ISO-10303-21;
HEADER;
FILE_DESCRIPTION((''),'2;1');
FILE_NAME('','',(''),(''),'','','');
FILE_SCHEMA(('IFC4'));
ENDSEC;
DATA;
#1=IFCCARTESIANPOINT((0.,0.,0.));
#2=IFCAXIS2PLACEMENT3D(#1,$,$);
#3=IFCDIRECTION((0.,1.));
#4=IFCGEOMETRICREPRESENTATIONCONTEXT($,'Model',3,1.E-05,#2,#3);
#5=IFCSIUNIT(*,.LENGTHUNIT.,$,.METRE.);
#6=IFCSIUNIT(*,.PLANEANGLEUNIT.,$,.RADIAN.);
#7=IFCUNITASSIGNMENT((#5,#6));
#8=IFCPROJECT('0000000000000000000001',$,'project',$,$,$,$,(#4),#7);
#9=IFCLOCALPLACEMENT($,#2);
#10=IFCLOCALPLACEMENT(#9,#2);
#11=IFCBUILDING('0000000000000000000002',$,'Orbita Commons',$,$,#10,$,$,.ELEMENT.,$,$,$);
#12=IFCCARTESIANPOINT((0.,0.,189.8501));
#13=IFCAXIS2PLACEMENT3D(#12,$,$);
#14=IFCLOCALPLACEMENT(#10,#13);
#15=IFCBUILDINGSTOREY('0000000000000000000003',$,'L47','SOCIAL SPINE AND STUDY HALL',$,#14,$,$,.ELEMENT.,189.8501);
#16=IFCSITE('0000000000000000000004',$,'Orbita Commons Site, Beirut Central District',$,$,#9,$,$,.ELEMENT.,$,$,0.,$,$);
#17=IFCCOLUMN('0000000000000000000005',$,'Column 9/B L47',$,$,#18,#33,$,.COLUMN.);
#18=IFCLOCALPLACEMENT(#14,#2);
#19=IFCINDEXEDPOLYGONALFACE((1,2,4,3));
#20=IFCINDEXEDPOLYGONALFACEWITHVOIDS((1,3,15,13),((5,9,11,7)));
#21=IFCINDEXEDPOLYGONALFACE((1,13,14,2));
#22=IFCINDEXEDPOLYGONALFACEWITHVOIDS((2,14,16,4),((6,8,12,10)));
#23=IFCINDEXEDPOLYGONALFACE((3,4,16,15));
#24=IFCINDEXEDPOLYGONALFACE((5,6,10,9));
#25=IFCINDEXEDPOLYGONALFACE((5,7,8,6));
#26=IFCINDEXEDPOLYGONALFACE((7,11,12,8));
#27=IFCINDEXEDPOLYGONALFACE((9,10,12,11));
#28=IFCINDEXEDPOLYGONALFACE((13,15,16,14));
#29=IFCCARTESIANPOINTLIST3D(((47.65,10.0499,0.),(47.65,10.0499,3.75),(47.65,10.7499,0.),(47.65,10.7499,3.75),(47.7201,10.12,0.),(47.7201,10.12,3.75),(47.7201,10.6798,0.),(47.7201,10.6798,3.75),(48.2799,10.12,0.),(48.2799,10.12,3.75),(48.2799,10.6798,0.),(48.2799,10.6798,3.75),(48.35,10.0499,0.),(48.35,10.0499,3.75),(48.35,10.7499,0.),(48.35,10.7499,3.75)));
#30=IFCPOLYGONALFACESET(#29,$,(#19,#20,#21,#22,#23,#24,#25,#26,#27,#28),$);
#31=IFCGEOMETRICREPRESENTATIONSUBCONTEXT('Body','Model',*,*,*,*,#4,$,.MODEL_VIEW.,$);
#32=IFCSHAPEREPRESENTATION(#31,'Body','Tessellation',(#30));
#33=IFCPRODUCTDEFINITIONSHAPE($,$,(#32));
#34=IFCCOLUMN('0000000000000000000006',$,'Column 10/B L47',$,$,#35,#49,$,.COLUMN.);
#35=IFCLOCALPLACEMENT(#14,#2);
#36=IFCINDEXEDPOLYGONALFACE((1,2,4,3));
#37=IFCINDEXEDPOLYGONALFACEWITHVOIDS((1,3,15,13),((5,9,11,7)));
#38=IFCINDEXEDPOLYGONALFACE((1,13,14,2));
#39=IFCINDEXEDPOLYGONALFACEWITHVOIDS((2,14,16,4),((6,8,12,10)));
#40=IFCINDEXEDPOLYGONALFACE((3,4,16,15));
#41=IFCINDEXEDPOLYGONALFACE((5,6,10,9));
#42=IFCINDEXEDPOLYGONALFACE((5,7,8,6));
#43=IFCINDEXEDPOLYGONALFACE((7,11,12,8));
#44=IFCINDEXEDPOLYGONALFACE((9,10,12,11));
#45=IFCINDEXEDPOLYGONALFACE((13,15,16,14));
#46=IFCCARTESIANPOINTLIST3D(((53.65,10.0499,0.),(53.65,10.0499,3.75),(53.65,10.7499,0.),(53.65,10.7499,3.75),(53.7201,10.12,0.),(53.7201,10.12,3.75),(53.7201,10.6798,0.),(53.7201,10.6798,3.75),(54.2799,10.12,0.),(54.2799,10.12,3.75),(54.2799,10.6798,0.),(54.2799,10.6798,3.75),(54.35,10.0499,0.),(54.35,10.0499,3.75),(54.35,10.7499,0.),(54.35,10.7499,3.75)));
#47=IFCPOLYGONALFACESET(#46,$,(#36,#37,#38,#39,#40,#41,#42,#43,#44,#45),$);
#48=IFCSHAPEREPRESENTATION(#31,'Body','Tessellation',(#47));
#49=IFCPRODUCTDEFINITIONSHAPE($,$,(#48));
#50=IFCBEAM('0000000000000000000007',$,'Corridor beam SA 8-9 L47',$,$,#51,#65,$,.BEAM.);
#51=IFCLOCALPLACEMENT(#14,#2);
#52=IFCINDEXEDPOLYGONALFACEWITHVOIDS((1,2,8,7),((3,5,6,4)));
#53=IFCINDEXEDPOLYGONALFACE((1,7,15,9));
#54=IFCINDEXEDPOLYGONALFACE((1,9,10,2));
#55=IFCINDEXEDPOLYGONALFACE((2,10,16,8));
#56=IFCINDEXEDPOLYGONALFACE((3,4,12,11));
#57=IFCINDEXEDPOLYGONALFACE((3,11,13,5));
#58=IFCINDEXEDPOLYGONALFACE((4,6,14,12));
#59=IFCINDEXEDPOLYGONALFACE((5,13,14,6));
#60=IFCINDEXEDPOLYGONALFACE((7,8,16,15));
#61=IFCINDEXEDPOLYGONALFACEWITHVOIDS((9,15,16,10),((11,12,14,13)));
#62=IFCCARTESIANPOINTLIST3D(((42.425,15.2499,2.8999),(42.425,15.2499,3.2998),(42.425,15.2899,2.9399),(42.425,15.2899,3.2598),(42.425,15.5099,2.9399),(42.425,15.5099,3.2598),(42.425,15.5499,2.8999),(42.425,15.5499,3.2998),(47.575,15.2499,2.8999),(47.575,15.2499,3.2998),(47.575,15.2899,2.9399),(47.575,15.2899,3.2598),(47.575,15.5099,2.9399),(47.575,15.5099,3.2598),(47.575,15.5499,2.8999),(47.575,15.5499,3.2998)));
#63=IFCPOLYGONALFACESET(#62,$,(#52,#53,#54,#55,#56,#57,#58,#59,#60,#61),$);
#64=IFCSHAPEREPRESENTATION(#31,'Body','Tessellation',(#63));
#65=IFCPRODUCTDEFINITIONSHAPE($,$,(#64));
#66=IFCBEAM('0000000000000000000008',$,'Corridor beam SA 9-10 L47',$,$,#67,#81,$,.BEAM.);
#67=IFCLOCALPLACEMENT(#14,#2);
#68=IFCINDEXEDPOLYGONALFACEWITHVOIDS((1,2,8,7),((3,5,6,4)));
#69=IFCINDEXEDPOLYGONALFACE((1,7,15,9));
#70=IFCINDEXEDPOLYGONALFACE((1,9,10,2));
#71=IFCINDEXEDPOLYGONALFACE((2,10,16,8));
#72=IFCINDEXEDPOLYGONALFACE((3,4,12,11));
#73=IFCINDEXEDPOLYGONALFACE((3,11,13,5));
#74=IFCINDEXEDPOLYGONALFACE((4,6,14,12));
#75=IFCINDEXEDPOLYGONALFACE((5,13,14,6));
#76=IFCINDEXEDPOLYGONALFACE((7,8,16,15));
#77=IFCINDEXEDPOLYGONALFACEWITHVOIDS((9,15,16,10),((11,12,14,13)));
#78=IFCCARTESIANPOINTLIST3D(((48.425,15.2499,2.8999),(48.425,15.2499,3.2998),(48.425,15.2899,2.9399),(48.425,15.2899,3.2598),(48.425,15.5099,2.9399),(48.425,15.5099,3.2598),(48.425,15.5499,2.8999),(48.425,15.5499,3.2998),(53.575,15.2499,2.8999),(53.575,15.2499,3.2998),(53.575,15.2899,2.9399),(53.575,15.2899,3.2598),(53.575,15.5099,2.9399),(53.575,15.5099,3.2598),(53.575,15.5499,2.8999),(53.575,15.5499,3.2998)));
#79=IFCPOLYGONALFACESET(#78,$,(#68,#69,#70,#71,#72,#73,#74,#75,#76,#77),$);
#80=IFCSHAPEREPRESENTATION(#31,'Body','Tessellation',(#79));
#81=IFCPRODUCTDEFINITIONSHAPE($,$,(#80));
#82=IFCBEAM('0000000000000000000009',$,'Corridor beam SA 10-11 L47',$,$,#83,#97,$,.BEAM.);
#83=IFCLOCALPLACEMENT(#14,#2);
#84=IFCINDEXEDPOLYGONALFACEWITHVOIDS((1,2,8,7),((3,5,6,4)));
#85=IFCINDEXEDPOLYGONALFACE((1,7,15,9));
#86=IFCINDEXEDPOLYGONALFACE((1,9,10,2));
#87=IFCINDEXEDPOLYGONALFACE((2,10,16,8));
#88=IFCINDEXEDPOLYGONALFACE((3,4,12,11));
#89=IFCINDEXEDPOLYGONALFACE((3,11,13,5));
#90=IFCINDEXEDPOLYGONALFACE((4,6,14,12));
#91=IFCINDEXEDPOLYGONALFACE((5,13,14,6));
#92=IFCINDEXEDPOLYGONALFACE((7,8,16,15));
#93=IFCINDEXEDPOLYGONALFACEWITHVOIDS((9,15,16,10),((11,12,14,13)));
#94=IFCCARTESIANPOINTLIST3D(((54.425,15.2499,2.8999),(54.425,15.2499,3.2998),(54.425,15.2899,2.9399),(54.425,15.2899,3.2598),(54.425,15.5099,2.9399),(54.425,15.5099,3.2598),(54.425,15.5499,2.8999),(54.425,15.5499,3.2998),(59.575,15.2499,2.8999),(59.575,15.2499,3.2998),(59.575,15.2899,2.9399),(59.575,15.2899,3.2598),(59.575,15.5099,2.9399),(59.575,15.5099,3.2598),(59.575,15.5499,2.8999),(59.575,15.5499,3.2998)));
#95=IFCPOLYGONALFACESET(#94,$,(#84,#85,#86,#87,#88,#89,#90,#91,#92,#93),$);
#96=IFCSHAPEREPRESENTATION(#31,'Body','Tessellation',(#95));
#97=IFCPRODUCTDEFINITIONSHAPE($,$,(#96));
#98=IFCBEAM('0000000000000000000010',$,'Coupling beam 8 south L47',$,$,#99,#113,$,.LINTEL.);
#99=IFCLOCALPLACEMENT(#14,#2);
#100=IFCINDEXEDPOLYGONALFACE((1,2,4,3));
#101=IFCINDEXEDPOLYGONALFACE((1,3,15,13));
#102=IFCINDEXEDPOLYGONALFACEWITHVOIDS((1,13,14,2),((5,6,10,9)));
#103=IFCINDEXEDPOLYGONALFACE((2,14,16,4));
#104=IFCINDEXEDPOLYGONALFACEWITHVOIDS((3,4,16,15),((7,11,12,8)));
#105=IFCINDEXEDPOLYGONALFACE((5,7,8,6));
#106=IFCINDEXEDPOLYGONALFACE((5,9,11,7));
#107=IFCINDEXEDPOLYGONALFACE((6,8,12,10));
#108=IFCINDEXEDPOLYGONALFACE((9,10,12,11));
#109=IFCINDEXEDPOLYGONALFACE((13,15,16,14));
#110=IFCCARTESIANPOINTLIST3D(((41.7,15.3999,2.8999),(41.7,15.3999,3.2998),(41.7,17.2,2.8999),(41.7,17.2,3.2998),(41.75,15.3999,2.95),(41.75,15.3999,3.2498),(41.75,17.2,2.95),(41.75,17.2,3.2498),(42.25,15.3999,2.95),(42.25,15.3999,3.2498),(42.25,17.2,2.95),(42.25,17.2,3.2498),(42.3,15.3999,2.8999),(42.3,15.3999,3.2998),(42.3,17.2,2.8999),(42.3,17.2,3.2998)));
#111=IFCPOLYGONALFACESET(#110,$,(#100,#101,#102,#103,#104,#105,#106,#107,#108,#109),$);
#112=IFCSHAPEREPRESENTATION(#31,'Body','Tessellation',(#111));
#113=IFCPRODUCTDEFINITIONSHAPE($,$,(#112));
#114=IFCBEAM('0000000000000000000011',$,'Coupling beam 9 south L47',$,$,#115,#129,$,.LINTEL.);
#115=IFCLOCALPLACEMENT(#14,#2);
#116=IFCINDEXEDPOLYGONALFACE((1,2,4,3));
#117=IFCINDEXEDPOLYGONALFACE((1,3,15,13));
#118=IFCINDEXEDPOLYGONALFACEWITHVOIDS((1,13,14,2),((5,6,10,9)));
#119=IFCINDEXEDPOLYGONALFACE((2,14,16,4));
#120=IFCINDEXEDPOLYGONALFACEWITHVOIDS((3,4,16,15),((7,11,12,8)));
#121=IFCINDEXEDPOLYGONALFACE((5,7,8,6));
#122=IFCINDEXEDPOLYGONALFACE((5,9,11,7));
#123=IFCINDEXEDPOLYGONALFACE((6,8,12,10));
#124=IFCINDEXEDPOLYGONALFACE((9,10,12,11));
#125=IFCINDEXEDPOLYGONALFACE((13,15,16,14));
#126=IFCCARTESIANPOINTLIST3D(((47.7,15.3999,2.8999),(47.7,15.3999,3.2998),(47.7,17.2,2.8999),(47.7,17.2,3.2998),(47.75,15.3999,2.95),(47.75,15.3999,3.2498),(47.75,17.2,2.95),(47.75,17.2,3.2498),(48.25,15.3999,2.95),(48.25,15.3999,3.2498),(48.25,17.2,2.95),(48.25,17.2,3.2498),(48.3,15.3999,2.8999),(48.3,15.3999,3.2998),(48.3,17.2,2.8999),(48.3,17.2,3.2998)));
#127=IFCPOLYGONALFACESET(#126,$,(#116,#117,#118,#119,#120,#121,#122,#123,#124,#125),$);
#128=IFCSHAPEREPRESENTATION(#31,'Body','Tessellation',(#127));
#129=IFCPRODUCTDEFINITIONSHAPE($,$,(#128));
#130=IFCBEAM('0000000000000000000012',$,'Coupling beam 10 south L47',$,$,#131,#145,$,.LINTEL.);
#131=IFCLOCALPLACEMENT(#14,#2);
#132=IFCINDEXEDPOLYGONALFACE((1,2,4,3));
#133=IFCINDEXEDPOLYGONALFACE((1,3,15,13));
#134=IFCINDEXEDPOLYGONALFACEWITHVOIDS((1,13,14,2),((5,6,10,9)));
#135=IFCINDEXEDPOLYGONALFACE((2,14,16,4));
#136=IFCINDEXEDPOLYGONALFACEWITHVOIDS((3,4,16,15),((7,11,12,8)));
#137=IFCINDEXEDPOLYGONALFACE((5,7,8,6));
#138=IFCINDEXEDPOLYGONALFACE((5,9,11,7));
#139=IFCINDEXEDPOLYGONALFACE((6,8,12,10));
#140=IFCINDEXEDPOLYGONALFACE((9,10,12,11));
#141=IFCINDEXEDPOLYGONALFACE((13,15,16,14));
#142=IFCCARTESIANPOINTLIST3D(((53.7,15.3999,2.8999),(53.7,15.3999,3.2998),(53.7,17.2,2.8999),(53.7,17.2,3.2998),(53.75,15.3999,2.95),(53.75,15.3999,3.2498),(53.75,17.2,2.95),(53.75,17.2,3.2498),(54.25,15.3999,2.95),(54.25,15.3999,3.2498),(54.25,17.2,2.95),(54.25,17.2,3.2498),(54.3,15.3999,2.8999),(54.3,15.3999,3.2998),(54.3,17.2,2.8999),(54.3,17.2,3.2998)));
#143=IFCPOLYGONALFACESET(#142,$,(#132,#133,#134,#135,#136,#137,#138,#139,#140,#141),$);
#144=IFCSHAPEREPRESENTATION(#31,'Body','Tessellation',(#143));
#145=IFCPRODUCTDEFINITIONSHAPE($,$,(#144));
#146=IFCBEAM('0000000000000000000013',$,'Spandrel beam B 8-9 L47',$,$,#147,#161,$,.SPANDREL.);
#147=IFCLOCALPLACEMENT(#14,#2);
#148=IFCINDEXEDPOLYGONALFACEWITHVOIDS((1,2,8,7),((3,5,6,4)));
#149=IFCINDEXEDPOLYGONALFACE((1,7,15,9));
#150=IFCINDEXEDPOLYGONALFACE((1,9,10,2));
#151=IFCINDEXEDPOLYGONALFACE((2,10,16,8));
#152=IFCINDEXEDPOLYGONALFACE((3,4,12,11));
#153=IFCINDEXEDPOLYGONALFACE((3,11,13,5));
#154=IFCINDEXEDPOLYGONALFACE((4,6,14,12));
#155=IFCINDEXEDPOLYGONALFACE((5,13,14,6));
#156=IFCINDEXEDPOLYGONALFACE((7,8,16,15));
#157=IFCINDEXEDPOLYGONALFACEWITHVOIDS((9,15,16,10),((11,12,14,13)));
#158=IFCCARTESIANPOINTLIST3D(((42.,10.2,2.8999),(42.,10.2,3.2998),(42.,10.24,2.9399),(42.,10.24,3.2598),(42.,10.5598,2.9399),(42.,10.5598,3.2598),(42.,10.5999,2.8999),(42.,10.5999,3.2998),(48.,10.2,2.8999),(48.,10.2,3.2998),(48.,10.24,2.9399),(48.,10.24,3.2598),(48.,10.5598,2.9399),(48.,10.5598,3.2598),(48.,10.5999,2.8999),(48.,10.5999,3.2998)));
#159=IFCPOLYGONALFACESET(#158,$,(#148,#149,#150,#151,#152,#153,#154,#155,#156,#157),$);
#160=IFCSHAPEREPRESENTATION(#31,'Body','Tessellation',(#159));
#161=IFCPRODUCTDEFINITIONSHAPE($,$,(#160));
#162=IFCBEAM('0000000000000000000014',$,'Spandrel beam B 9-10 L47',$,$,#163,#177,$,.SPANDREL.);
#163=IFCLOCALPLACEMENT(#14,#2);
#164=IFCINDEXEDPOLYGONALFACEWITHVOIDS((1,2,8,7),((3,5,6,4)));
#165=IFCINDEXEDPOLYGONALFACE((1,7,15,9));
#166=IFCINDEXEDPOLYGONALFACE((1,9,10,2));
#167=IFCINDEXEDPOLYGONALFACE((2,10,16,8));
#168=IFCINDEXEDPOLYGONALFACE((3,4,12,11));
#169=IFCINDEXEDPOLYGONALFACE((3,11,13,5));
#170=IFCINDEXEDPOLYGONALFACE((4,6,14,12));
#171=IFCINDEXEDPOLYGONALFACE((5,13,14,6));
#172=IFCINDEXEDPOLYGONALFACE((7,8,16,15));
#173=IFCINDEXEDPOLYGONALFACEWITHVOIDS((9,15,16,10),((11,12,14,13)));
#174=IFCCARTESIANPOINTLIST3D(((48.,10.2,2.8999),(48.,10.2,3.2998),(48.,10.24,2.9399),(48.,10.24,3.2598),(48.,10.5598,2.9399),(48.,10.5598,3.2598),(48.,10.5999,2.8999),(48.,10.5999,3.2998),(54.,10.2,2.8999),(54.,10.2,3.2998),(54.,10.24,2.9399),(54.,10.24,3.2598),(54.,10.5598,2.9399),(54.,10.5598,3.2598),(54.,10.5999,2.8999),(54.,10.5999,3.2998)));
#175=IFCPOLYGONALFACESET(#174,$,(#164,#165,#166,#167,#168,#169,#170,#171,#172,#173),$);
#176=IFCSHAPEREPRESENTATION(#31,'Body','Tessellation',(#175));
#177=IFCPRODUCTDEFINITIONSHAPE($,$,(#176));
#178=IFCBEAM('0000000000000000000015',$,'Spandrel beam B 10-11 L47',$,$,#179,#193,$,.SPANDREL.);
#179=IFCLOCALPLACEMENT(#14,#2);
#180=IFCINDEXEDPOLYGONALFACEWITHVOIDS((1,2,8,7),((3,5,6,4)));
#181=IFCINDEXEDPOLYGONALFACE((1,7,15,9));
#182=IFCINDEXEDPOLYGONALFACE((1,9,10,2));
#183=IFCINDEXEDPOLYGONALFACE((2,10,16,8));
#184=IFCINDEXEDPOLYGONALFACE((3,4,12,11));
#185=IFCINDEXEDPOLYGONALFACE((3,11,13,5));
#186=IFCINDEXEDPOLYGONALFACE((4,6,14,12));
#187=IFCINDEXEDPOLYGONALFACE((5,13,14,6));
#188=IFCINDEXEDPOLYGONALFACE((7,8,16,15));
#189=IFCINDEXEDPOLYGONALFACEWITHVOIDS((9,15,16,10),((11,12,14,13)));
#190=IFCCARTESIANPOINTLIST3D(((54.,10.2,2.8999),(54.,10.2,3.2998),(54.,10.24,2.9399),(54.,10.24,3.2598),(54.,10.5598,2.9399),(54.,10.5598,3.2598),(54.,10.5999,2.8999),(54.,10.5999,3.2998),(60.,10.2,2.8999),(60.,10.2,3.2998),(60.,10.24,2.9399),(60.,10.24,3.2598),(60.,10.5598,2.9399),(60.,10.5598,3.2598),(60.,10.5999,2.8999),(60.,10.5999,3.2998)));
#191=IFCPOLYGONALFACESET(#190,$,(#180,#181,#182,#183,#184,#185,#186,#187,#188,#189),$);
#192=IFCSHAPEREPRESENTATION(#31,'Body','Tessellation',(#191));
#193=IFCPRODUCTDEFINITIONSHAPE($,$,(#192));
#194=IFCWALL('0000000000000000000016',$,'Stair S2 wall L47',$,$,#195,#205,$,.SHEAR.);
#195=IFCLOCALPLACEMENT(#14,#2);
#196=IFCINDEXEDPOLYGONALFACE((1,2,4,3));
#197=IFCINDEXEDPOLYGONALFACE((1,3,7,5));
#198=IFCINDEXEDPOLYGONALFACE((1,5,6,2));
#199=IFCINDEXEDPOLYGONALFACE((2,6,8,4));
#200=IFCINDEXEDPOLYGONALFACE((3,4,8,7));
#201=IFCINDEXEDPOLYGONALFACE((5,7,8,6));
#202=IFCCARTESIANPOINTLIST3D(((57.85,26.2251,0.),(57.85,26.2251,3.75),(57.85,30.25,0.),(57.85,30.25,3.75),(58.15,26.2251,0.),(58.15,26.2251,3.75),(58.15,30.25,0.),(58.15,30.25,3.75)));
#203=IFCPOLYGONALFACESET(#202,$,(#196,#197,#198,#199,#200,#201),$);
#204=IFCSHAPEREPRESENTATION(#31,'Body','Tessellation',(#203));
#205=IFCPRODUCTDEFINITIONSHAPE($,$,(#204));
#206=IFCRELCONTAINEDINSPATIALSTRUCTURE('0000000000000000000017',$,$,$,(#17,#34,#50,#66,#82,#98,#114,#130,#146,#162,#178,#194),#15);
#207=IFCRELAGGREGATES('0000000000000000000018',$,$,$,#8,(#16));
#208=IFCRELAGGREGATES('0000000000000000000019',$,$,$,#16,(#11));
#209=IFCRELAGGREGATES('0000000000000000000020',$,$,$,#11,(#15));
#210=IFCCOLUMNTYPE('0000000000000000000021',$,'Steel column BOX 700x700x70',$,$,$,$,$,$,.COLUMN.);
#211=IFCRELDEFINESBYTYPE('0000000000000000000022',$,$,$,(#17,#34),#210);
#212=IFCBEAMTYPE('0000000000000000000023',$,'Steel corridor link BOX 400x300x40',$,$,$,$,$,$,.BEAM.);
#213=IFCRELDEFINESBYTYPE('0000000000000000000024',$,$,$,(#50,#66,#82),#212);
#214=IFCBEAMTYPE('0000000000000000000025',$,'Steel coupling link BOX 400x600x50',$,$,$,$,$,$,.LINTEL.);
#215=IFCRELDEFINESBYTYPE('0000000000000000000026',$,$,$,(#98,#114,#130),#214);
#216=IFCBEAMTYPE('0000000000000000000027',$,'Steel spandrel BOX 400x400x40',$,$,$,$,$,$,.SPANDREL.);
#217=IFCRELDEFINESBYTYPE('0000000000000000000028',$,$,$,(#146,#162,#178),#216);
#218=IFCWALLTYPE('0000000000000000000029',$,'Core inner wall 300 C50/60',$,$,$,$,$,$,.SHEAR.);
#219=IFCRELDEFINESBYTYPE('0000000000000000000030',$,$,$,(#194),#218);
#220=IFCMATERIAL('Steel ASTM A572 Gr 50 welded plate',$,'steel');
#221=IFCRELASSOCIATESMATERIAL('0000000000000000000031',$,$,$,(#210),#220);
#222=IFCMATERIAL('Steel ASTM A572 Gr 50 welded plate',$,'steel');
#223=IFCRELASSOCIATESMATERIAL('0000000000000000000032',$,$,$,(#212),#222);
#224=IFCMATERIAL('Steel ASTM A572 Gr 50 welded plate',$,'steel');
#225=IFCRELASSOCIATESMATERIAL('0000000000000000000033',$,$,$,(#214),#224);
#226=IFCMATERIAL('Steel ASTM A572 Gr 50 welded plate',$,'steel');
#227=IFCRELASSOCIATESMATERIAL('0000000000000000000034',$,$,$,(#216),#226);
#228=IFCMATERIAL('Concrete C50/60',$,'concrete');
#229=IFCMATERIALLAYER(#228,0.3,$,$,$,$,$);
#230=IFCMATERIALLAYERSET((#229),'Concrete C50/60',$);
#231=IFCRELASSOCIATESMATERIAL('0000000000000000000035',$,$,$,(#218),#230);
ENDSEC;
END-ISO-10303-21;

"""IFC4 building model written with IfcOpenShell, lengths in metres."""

from ifc_helpers import new_model, si_unit, direction, frame, frame_2d, origin, origin_2d, place, context, subcontext, project, spatial, rectangle, hollow_rectangle, extrude, material, layer, layer_set, material_profile, profile_set, type_object, element, save


model = new_model("IFC4")

# Units and contexts
model_context = context("Model", 3, precision=1e-05, world=origin(), true_north=direction((0.0, 1.0)))
body_context = subcontext(model_context, "Body", "Model", "MODEL_VIEW")
ifc_project = project(units=[si_unit("LENGTHUNIT", "METRE"), si_unit("PLANEANGLEUNIT", "RADIAN")], contexts=[model_context])

# Site, building, storey
site_placement = place(None, origin())
site = spatial("IfcSite", under=ifc_project, at=site_placement, Name="Orbita Commons Site, Beirut Central District", CompositionType="ELEMENT", RefElevation=0.0)
building_placement = place(site_placement, origin())
building = spatial("IfcBuilding", under=site, at=building_placement, Name="Orbita Commons", CompositionType="ELEMENT")
storey_placement = place(building_placement, frame((0.0, 0.0, 189.8501)))
storey = spatial("IfcBuildingStorey", under=building, at=storey_placement, Name="L47", Description="SOCIAL SPINE AND STUDY HALL", CompositionType="ELEMENT", Elevation=189.8501)

# Columns
ifc_material_1 = material(Name="Steel ASTM A572 Gr 50 welded plate", Category="steel")
ifc_material_profile_1 = material_profile(ifc_material_1, hollow_rectangle(XDim=0.7, YDim=0.7, WallThickness=0.0701, at=origin_2d()), Name="BOX 700x700x70")
ifc_profile_set_1 = profile_set([ifc_material_profile_1], Name="Steel ASTM A572 Gr 50 welded plate")
column_type = type_object("IfcColumnType", Name="Steel column BOX 700x700x70", PredefinedType="COLUMN", material=ifc_profile_set_1)
for number, where, z_axis, x_axis, name in (
    (1, (48.0, 10.3999, 0.0), (0.0, 0.0, 1.0), (1.0, 0.0, 0.0), "Column 9/B L47"),
    (2, (54.0, 10.3999, 0.0), (0.0, 0.0, 1.0), (1.0, 0.0, 0.0), "Column 10/B L47"),
):
    element("IfcColumn", number, at=place(storey_placement, frame(where, z_axis=z_axis, x_axis=x_axis)), inside=storey, type_object=column_type, Name=name, PredefinedType="COLUMN", context=body_context, shape_type="SweptSolid", body=[
        extrude(hollow_rectangle(XDim=0.7, YDim=0.7, WallThickness=0.0701, at=origin_2d()), origin(), (0.0, 0.0, 1.0), 3.75),
    ])

# Beams
ifc_material_2 = material(Name="Steel ASTM A572 Gr 50 welded plate", Category="steel")
ifc_material_profile_2 = material_profile(ifc_material_2, hollow_rectangle(XDim=0.3, YDim=0.3999, WallThickness=0.04, at=origin_2d()), Name="BOX 400x300x40")
ifc_profile_set_2 = profile_set([ifc_material_profile_2], Name="Steel ASTM A572 Gr 50 welded plate")
beam_type_1 = type_object("IfcBeamType", Name="Steel corridor link BOX 400x300x40", PredefinedType="BEAM", material=ifc_profile_set_2)
for number, where, z_axis, x_axis, name in (
    (3, (42.425, 15.3999, 3.0999), (1.0, 0.0, 0.0), (0.0, 1.0, 0.0), "Corridor beam SA 8-9 L47"),
    (4, (48.425, 15.3999, 3.0999), (1.0, 0.0, 0.0), (0.0, 1.0, 0.0), "Corridor beam SA 9-10 L47"),
    (5, (54.425, 15.3999, 3.0999), (1.0, 0.0, 0.0), (0.0, 1.0, 0.0), "Corridor beam SA 10-11 L47"),
):
    element("IfcBeam", number, at=place(storey_placement, frame(where, z_axis=z_axis, x_axis=x_axis)), inside=storey, type_object=beam_type_1, Name=name, PredefinedType="BEAM", context=body_context, shape_type="SweptSolid", body=[
        extrude(hollow_rectangle(XDim=0.3, YDim=0.3999, WallThickness=0.04, at=origin_2d()), origin(), (0.0, 0.0, 1.0), 5.1499),
    ])
ifc_material_3 = material(Name="Steel ASTM A572 Gr 50 welded plate", Category="steel")
ifc_material_profile_3 = material_profile(ifc_material_3, hollow_rectangle(XDim=0.6001, YDim=0.3999, WallThickness=0.05, at=origin_2d()), Name="BOX 400x600x50")
ifc_profile_set_3 = profile_set([ifc_material_profile_3], Name="Steel ASTM A572 Gr 50 welded plate")
beam_type_2 = type_object("IfcBeamType", Name="Steel coupling link BOX 400x600x50", PredefinedType="LINTEL", material=ifc_profile_set_3)
for number, where, z_axis, x_axis, name in (
    (6, (42.0, 15.3999, 3.0999), (0.0, 1.0, 0.0), (-1.0, 0.0, 0.0), "Coupling beam 8 south L47"),
    (7, (48.0, 15.3999, 3.0999), (0.0, 1.0, 0.0), (-1.0, 0.0, 0.0), "Coupling beam 9 south L47"),
    (8, (54.0, 15.3999, 3.0999), (0.0, 1.0, 0.0), (-1.0, 0.0, 0.0), "Coupling beam 10 south L47"),
):
    element("IfcBeam", number, at=place(storey_placement, frame(where, z_axis=z_axis, x_axis=x_axis)), inside=storey, type_object=beam_type_2, Name=name, PredefinedType="LINTEL", context=body_context, shape_type="SweptSolid", body=[
        extrude(hollow_rectangle(XDim=0.6001, YDim=0.3999, WallThickness=0.05, at=origin_2d()), origin(), (0.0, 0.0, 1.0), 1.8),
    ])
ifc_material_4 = material(Name="Steel ASTM A572 Gr 50 welded plate", Category="steel")
ifc_material_profile_4 = material_profile(ifc_material_4, hollow_rectangle(XDim=0.3999, YDim=0.3999, WallThickness=0.04, at=origin_2d()), Name="BOX 400x400x40")
ifc_profile_set_4 = profile_set([ifc_material_profile_4], Name="Steel ASTM A572 Gr 50 welded plate")
beam_type_3 = type_object("IfcBeamType", Name="Steel spandrel BOX 400x400x40", PredefinedType="SPANDREL", material=ifc_profile_set_4)
for number, where, z_axis, x_axis, name in (
    (9, (42.0, 10.3999, 3.0999), (1.0, 0.0, 0.0), (0.0, 1.0, 0.0), "Spandrel beam B 8-9 L47"),
    (10, (48.0, 10.3999, 3.0999), (1.0, 0.0, 0.0), (0.0, 1.0, 0.0), "Spandrel beam B 9-10 L47"),
    (11, (54.0, 10.3999, 3.0999), (1.0, 0.0, 0.0), (0.0, 1.0, 0.0), "Spandrel beam B 10-11 L47"),
):
    element("IfcBeam", number, at=place(storey_placement, frame(where, z_axis=z_axis, x_axis=x_axis)), inside=storey, type_object=beam_type_3, Name=name, PredefinedType="SPANDREL", context=body_context, shape_type="SweptSolid", body=[
        extrude(hollow_rectangle(XDim=0.3999, YDim=0.3999, WallThickness=0.04, at=origin_2d()), origin(), (0.0, 0.0, 1.0), 6.0),
    ])

# Wall
ifc_material_5 = material(Name="Concrete C50/60", Category="concrete")
ifc_layer_1 = layer(ifc_material_5, 0.3)
ifc_layer_set_1 = layer_set([ifc_layer_1], Name="Concrete C50/60")
wall_type_1 = type_object("IfcWallType", Name="Core inner wall 300 C50/60", PredefinedType="SHEAR", material=ifc_layer_set_1)
for number, where, z_axis, x_axis, name in (
    (12, (58.0, 26.2251, 0.0), (0.0, 0.0, 1.0), (0.0, 1.0, 0.0), "Stair S2 wall L47"),
):
    element("IfcWall", number, at=place(storey_placement, frame(where, z_axis=z_axis, x_axis=x_axis)), inside=storey, type_object=wall_type_1, Name=name, PredefinedType="SHEAR", context=body_context, shape_type="SweptSolid", body=[
        extrude(rectangle(XDim=4.0249, YDim=0.3, at=frame_2d((2.0125, 0.0))), origin(), (0.0, 0.0, 1.0), 3.75),
    ])

save(model, "model.ifc")
